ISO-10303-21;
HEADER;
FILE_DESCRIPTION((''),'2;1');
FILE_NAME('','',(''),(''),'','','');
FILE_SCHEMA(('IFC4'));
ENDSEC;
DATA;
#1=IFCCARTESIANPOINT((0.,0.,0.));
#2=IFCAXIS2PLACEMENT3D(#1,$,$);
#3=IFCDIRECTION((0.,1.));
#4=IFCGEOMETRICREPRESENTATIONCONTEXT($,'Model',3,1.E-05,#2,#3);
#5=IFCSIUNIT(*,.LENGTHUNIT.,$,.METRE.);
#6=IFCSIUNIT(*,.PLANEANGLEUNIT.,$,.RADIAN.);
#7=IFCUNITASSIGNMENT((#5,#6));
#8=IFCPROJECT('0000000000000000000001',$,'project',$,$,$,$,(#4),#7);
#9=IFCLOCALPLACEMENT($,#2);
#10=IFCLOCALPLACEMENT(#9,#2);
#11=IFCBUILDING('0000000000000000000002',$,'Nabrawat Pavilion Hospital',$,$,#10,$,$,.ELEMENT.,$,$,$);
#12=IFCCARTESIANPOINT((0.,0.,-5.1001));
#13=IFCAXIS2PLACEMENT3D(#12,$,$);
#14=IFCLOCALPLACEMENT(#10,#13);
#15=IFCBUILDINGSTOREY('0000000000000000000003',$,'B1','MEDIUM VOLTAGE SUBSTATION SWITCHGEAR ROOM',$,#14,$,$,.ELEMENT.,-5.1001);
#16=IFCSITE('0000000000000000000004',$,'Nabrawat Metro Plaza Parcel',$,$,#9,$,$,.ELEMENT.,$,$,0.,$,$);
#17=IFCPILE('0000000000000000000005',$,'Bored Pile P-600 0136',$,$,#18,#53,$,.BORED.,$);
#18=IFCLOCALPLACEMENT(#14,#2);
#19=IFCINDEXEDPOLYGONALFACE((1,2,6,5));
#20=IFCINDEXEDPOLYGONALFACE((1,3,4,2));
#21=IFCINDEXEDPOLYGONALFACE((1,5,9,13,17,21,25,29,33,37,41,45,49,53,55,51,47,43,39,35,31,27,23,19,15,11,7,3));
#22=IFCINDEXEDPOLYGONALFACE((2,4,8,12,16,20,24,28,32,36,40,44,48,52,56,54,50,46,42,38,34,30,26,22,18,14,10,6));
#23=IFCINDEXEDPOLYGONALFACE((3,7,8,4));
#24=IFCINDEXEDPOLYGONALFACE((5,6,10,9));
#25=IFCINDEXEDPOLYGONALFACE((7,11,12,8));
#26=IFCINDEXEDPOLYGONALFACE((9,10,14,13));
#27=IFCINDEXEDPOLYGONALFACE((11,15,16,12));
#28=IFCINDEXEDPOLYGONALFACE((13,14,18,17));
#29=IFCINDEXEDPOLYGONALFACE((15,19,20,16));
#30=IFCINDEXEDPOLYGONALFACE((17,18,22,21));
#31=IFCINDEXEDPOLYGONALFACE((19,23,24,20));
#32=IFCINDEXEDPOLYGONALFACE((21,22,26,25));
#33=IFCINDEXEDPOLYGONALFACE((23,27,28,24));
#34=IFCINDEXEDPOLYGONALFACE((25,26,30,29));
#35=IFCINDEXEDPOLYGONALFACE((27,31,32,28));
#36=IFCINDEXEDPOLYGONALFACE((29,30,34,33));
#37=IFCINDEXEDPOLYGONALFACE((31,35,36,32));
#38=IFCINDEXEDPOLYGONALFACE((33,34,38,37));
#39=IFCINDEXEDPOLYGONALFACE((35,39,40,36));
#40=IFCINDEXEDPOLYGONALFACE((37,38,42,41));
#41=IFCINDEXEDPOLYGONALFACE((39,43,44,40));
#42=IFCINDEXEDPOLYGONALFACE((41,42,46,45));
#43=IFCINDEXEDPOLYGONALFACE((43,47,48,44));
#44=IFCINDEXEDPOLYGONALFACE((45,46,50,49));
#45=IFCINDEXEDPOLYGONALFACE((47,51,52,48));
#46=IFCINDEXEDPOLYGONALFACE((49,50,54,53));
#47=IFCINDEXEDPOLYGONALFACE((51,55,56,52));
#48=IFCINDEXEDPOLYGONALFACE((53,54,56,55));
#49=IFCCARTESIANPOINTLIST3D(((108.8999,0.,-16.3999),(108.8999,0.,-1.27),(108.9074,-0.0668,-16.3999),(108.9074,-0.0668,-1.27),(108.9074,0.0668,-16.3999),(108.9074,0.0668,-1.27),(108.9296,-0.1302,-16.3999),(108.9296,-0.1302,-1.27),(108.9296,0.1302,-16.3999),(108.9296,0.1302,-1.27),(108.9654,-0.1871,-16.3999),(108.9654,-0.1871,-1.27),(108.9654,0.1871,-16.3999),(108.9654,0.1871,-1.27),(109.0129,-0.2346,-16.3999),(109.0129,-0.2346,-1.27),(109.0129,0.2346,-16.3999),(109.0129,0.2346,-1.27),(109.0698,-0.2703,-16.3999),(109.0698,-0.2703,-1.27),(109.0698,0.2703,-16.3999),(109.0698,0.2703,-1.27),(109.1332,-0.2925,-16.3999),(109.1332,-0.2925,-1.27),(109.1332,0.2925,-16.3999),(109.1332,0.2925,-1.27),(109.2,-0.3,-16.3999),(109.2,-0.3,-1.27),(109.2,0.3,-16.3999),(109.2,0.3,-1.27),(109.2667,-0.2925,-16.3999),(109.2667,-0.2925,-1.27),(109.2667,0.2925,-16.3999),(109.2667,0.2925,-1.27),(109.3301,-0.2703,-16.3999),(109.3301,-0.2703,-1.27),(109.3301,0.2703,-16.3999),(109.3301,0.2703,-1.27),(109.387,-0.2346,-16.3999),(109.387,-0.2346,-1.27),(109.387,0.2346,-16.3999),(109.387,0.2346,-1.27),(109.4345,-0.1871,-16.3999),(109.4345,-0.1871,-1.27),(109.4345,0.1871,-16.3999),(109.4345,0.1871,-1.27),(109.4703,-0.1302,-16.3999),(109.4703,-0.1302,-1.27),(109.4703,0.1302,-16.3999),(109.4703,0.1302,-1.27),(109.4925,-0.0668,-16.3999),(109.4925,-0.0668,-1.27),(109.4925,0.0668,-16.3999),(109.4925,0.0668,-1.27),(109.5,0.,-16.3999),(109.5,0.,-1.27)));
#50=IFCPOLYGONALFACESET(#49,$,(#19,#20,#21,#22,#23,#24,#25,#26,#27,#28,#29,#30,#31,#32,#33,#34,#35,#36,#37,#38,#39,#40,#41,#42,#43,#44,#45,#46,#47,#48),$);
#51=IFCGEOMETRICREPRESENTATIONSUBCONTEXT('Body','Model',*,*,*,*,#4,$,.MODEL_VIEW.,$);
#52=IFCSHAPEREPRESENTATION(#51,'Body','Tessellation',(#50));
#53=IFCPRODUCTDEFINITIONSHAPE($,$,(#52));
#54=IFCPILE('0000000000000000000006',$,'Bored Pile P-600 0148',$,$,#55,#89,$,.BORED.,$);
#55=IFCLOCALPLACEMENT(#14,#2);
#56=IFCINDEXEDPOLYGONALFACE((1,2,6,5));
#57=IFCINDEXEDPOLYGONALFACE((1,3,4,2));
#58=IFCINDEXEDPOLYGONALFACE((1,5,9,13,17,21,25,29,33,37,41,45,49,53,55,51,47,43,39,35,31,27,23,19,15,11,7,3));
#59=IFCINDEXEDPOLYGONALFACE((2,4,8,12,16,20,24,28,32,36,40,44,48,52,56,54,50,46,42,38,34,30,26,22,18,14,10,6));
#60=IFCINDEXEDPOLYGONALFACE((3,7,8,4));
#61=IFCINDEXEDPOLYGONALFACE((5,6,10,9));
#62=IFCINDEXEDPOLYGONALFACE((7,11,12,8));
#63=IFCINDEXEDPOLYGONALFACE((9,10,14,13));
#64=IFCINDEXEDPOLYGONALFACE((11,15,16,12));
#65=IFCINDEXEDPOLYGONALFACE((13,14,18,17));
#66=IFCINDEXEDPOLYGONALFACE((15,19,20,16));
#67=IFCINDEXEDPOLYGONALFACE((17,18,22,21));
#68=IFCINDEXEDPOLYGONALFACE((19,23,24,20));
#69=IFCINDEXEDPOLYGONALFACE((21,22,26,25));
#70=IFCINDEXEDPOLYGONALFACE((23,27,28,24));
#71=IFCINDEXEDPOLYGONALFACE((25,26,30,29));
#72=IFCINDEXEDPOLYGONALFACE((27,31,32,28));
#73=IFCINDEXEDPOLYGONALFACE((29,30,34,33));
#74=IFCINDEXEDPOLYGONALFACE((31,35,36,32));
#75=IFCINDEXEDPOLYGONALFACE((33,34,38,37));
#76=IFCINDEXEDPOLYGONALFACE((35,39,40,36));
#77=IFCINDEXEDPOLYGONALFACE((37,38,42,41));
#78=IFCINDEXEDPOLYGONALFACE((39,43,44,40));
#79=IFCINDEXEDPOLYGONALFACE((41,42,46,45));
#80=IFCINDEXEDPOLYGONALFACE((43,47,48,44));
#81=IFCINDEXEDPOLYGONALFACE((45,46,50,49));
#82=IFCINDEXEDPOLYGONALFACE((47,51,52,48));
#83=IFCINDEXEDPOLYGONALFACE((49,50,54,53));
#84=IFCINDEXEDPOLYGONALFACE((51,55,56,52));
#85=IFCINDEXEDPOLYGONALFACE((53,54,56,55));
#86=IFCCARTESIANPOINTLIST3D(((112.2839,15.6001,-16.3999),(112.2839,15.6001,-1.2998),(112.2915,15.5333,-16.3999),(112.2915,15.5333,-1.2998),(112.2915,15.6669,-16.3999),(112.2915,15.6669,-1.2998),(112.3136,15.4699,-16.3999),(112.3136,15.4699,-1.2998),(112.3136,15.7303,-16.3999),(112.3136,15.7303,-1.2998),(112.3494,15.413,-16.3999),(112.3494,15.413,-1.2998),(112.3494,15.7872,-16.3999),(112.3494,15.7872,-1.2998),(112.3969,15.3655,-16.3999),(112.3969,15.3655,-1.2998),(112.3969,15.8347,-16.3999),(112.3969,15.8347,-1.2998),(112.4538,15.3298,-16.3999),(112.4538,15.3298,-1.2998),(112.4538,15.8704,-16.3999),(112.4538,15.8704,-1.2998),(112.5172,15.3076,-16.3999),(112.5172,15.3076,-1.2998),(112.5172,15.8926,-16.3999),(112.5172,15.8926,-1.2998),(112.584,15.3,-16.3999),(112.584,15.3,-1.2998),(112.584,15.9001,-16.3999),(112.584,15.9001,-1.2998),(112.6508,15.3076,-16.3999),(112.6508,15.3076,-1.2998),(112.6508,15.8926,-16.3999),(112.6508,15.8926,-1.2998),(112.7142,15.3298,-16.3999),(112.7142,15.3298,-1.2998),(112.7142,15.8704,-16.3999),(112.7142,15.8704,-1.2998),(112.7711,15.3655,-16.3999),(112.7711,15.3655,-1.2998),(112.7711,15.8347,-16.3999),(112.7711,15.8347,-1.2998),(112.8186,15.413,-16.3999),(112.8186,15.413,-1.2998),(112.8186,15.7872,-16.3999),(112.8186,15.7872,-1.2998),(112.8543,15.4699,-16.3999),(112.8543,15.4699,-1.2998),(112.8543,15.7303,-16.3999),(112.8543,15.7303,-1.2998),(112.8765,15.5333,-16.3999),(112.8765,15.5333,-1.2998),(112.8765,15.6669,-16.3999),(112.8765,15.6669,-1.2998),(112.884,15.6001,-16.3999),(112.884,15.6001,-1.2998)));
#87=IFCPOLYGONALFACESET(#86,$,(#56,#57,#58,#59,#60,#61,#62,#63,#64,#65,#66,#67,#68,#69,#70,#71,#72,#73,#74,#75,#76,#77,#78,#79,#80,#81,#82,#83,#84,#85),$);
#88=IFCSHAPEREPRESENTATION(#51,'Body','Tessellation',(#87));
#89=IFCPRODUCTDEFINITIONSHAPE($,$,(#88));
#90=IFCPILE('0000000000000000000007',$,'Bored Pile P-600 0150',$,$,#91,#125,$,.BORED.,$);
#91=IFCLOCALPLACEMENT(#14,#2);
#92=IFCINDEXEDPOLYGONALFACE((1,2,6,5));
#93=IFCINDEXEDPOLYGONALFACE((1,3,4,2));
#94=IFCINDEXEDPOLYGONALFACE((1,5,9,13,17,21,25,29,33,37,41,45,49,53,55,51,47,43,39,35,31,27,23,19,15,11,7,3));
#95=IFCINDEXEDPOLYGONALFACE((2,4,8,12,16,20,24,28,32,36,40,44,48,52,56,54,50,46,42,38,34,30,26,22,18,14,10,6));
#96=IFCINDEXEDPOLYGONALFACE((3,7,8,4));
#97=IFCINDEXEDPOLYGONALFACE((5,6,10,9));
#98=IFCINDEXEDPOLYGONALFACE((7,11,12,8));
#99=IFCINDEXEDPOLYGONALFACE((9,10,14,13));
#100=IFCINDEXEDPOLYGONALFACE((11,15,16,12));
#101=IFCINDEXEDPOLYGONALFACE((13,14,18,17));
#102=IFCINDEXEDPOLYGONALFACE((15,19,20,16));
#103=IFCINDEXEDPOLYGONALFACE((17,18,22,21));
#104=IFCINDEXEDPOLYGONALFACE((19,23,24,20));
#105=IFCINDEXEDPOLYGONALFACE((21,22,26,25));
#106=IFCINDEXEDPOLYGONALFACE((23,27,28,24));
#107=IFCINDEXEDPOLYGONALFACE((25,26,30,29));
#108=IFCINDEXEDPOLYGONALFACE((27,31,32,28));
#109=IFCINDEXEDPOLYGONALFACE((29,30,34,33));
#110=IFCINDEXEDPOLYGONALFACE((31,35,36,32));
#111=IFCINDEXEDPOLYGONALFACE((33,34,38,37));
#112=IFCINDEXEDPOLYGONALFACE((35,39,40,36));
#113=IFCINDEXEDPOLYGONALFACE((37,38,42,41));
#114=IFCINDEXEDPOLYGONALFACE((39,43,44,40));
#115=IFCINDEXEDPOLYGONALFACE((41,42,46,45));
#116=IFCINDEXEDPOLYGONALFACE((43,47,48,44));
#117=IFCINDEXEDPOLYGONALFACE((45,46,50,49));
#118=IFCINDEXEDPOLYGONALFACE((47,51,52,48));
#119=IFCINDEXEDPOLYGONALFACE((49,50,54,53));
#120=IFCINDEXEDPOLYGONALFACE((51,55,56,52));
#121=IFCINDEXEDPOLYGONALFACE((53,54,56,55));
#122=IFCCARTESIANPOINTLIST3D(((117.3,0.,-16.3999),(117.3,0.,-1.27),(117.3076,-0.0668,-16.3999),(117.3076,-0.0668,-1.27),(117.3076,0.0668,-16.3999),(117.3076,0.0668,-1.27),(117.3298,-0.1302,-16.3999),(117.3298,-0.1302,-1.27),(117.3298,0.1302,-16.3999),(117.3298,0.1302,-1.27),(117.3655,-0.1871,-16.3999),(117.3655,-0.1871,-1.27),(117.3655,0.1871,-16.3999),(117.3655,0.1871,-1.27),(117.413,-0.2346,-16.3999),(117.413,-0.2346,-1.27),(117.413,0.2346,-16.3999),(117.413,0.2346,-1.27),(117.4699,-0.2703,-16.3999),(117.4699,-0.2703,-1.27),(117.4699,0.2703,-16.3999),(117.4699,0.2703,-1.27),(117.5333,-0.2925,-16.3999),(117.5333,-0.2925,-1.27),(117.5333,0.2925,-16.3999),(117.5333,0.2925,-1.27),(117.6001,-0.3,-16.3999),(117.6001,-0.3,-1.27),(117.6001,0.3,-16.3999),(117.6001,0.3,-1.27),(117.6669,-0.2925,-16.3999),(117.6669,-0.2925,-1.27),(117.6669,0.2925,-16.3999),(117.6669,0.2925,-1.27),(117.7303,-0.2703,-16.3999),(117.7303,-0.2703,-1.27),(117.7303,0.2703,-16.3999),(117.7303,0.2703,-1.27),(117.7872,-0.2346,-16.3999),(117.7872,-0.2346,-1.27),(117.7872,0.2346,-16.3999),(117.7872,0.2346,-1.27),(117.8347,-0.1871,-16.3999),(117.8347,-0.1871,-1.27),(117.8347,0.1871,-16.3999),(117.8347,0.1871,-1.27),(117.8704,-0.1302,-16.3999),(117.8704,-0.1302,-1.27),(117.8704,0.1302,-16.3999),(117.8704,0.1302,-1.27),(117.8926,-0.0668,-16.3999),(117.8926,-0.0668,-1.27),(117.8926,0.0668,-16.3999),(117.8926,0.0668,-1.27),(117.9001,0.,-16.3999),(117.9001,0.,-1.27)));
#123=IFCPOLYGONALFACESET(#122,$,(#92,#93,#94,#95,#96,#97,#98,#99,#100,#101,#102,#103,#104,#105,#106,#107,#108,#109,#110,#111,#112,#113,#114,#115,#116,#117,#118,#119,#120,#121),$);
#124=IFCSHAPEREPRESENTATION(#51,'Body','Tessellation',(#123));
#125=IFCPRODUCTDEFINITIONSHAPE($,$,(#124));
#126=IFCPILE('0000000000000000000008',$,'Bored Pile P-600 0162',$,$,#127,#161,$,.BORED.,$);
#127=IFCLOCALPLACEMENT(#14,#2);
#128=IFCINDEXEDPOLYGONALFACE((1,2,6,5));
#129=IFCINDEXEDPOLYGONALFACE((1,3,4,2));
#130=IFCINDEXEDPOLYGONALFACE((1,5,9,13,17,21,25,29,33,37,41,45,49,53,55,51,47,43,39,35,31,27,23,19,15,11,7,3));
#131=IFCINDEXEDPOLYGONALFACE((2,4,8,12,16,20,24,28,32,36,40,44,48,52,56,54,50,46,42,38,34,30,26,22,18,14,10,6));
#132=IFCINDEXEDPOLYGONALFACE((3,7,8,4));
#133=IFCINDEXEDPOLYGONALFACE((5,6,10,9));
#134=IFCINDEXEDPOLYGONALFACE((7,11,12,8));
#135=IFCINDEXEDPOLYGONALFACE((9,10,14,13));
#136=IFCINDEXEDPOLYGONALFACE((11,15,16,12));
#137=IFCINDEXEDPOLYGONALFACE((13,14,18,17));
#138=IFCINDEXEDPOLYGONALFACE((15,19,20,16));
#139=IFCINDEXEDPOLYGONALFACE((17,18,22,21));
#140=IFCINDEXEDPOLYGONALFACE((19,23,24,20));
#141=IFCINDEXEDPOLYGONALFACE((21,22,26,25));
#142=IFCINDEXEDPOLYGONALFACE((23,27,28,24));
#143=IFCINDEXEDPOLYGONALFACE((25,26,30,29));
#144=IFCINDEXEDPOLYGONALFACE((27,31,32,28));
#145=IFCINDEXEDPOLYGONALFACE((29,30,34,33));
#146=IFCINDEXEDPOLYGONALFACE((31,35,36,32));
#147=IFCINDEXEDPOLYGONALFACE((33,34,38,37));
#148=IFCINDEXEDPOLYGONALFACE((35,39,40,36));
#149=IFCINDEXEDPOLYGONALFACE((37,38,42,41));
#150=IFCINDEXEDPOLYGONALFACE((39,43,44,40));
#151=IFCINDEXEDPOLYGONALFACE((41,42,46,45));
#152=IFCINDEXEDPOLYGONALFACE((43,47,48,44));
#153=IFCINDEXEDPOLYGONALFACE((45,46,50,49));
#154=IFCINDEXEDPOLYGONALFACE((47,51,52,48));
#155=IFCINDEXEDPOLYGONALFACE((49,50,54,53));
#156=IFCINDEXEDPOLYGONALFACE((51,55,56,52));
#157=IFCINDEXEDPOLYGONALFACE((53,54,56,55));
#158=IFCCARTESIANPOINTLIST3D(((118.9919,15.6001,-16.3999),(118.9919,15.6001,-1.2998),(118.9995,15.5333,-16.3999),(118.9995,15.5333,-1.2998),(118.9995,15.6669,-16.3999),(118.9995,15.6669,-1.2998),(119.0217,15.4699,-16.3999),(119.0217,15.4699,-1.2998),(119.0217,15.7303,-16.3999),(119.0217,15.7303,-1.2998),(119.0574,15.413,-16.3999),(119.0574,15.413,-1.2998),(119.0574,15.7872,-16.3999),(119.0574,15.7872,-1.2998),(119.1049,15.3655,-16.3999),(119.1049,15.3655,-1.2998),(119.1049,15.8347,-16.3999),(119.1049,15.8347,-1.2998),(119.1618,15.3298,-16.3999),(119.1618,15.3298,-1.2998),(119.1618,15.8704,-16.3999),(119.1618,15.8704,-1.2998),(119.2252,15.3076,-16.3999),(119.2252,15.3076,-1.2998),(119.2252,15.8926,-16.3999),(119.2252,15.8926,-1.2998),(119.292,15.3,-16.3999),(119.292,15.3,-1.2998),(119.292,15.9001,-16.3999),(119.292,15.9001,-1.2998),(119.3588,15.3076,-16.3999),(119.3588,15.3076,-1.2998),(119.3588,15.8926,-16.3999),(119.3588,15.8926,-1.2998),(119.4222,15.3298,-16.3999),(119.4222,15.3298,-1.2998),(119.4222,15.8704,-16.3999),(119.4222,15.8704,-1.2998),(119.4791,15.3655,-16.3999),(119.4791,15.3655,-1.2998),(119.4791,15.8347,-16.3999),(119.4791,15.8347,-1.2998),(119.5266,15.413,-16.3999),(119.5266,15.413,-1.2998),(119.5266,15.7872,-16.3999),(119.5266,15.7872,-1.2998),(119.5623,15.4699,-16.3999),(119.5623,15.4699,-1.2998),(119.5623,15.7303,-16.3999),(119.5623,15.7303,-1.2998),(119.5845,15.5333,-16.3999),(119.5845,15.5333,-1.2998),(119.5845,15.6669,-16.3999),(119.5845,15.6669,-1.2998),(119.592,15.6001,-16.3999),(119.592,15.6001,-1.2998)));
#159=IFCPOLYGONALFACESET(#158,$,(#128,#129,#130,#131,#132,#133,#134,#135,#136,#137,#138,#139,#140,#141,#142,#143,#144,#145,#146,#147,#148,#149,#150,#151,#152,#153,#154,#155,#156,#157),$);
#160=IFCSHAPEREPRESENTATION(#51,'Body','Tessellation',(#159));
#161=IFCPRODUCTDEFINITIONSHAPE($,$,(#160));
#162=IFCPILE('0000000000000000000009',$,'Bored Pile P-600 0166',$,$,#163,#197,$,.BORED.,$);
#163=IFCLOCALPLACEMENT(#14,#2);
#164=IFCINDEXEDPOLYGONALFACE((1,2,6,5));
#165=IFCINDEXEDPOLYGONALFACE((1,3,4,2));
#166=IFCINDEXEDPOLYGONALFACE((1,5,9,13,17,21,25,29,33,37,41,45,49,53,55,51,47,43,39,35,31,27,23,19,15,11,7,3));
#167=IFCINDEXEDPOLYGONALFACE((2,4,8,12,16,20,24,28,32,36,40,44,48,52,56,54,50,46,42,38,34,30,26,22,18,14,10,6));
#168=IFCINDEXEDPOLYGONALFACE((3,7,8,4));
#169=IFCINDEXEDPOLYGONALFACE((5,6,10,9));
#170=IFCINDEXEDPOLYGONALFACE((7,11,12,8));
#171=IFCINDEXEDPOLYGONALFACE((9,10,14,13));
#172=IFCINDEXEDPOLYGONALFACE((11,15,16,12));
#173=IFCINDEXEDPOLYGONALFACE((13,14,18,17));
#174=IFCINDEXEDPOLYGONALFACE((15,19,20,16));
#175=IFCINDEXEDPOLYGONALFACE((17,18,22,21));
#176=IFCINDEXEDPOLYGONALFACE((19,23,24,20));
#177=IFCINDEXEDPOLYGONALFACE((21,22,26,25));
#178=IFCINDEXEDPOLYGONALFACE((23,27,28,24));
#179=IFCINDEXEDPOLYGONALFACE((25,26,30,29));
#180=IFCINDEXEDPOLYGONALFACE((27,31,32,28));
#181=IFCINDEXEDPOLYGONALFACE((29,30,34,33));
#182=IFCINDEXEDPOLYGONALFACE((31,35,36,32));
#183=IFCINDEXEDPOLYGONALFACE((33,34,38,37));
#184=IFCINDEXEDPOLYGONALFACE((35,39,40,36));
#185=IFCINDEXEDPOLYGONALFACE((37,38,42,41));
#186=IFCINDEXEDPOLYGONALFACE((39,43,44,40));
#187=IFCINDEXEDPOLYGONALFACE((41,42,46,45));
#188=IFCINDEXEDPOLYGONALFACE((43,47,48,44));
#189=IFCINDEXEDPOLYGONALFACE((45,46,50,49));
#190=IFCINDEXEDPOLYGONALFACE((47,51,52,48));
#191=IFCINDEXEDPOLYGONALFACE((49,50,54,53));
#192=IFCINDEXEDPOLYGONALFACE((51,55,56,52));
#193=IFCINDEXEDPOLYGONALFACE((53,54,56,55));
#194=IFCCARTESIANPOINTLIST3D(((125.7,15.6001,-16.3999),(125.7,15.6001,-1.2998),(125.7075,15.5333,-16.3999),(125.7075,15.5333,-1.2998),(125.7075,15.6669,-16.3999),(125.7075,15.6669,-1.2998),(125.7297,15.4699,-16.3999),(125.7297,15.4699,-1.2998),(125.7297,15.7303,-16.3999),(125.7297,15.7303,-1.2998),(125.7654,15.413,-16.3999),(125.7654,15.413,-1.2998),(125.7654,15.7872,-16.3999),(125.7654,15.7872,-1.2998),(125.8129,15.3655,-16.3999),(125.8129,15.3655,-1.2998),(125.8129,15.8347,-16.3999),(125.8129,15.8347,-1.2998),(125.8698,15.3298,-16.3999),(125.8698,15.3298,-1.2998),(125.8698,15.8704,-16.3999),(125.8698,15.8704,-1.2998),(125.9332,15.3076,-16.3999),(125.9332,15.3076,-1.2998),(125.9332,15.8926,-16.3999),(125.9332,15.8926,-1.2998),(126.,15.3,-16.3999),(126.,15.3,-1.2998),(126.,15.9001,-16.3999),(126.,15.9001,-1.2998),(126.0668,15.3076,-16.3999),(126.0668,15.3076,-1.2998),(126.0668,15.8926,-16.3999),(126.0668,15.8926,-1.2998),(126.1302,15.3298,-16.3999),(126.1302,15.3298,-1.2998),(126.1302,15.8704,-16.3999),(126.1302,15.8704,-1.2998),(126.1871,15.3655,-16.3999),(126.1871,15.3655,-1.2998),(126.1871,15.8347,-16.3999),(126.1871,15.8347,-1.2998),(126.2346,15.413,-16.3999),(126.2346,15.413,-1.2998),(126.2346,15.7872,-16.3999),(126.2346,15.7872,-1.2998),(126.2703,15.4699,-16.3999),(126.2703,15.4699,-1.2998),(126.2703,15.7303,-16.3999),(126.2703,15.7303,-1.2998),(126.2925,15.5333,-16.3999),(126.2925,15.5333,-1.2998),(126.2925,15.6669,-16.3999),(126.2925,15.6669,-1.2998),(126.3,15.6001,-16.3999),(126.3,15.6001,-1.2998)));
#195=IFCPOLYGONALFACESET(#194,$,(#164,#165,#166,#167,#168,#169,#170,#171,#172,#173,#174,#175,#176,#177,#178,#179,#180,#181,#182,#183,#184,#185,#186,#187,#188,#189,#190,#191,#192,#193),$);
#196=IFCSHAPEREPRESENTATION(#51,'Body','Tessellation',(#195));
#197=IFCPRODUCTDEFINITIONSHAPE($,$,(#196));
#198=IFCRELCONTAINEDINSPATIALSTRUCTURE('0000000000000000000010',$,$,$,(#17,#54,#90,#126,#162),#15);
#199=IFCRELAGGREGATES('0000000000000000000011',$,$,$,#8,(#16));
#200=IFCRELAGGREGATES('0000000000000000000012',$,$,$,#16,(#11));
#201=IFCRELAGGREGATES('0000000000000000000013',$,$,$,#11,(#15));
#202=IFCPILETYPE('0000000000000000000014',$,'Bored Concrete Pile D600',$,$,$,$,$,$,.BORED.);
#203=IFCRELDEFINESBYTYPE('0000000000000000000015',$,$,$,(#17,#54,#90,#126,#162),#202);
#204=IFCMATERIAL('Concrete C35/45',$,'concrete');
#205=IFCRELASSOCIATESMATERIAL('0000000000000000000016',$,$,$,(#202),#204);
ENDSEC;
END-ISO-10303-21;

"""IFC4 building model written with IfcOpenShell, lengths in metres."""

from ifc_helpers import new_model, si_unit, direction, frame, origin, origin_2d, place, context, subcontext, project, spatial, circle, extrude, material, material_profile, profile_set, type_object, element, save


model = new_model("IFC4")

# Units and contexts
model_context = context("Model", 3, precision=1e-05, world=origin(), true_north=direction((0.0, 1.0)))
body_context = subcontext(model_context, "Body", "Model", "MODEL_VIEW")
ifc_project = project(units=[si_unit("LENGTHUNIT", "METRE"), si_unit("PLANEANGLEUNIT", "RADIAN")], contexts=[model_context])

# Site, building, storey
site_placement = place(None, origin())
site = spatial("IfcSite", under=ifc_project, at=site_placement, Name="Nabrawat Metro Plaza Parcel", CompositionType="ELEMENT", RefElevation=0.0)
building_placement = place(site_placement, origin())
building = spatial("IfcBuilding", under=site, at=building_placement, Name="Nabrawat Pavilion Hospital", CompositionType="ELEMENT")
storey_placement = place(building_placement, frame((0.0, 0.0, -5.1001)))
storey = spatial("IfcBuildingStorey", under=building, at=storey_placement, Name="B1", Description="MEDIUM VOLTAGE SUBSTATION SWITCHGEAR ROOM", CompositionType="ELEMENT", Elevation=-5.1001)

# Piles
ifc_material_1 = material(Name="Concrete C35/45", Category="concrete")
ifc_material_profile_1 = material_profile(ifc_material_1, circle(Radius=0.3, at=origin_2d()), Name="DIA 600")
ifc_profile_set_1 = profile_set([ifc_material_profile_1], Name="Concrete C35/45")
pile_type_1 = type_object("IfcPileType", Name="Bored Concrete Pile D600", PredefinedType="BORED", material=ifc_profile_set_1)
pile_1_placement = place(storey_placement, frame((109.2, 0.0, -1.27), z_axis=(0.0, 0.0, -1.0), x_axis=(1.0, 0.0, 0.0)))
element("IfcPile", 1, at=pile_1_placement, inside=storey, type_object=pile_type_1, Name="Bored Pile P-600 0136", PredefinedType="BORED", context=body_context, shape_type="SweptSolid", body=[
    extrude(circle(Radius=0.3, at=origin_2d()), origin(), (0.0, 0.0, 1.0), 15.1299),
])
pile_2_placement = place(storey_placement, frame((112.584, 15.6001, -1.2998), z_axis=(0.0, 0.0, -1.0), x_axis=(1.0, 0.0, 0.0)))
element("IfcPile", 2, at=pile_2_placement, inside=storey, type_object=pile_type_1, Name="Bored Pile P-600 0148", PredefinedType="BORED", context=body_context, shape_type="SweptSolid", body=[
    extrude(circle(Radius=0.3, at=origin_2d()), origin(), (0.0, 0.0, 1.0), 15.1001),
])
pile_3_placement = place(storey_placement, frame((117.6001, 0.0, -1.27), z_axis=(0.0, 0.0, -1.0), x_axis=(1.0, 0.0, 0.0)))
element("IfcPile", 3, at=pile_3_placement, inside=storey, type_object=pile_type_1, Name="Bored Pile P-600 0150", PredefinedType="BORED", context=body_context, shape_type="SweptSolid", body=[
    extrude(circle(Radius=0.3, at=origin_2d()), origin(), (0.0, 0.0, 1.0), 15.1299),
])
for number, where, z_axis, x_axis, name in (
    (4, (119.292, 15.6001, -1.2998), (0.0, 0.0, -1.0), (1.0, 0.0, 0.0), "Bored Pile P-600 0162"),
    (5, (126.0, 15.6001, -1.2998), (0.0, 0.0, -1.0), (1.0, 0.0, 0.0), "Bored Pile P-600 0166"),
):
    element("IfcPile", number, at=place(storey_placement, frame(where, z_axis=z_axis, x_axis=x_axis)), inside=storey, type_object=pile_type_1, Name=name, PredefinedType="BORED", context=body_context, shape_type="SweptSolid", body=[
        extrude(circle(Radius=0.3, at=origin_2d()), origin(), (0.0, 0.0, 1.0), 15.1001),
    ])

save(model, "model.ifc")
